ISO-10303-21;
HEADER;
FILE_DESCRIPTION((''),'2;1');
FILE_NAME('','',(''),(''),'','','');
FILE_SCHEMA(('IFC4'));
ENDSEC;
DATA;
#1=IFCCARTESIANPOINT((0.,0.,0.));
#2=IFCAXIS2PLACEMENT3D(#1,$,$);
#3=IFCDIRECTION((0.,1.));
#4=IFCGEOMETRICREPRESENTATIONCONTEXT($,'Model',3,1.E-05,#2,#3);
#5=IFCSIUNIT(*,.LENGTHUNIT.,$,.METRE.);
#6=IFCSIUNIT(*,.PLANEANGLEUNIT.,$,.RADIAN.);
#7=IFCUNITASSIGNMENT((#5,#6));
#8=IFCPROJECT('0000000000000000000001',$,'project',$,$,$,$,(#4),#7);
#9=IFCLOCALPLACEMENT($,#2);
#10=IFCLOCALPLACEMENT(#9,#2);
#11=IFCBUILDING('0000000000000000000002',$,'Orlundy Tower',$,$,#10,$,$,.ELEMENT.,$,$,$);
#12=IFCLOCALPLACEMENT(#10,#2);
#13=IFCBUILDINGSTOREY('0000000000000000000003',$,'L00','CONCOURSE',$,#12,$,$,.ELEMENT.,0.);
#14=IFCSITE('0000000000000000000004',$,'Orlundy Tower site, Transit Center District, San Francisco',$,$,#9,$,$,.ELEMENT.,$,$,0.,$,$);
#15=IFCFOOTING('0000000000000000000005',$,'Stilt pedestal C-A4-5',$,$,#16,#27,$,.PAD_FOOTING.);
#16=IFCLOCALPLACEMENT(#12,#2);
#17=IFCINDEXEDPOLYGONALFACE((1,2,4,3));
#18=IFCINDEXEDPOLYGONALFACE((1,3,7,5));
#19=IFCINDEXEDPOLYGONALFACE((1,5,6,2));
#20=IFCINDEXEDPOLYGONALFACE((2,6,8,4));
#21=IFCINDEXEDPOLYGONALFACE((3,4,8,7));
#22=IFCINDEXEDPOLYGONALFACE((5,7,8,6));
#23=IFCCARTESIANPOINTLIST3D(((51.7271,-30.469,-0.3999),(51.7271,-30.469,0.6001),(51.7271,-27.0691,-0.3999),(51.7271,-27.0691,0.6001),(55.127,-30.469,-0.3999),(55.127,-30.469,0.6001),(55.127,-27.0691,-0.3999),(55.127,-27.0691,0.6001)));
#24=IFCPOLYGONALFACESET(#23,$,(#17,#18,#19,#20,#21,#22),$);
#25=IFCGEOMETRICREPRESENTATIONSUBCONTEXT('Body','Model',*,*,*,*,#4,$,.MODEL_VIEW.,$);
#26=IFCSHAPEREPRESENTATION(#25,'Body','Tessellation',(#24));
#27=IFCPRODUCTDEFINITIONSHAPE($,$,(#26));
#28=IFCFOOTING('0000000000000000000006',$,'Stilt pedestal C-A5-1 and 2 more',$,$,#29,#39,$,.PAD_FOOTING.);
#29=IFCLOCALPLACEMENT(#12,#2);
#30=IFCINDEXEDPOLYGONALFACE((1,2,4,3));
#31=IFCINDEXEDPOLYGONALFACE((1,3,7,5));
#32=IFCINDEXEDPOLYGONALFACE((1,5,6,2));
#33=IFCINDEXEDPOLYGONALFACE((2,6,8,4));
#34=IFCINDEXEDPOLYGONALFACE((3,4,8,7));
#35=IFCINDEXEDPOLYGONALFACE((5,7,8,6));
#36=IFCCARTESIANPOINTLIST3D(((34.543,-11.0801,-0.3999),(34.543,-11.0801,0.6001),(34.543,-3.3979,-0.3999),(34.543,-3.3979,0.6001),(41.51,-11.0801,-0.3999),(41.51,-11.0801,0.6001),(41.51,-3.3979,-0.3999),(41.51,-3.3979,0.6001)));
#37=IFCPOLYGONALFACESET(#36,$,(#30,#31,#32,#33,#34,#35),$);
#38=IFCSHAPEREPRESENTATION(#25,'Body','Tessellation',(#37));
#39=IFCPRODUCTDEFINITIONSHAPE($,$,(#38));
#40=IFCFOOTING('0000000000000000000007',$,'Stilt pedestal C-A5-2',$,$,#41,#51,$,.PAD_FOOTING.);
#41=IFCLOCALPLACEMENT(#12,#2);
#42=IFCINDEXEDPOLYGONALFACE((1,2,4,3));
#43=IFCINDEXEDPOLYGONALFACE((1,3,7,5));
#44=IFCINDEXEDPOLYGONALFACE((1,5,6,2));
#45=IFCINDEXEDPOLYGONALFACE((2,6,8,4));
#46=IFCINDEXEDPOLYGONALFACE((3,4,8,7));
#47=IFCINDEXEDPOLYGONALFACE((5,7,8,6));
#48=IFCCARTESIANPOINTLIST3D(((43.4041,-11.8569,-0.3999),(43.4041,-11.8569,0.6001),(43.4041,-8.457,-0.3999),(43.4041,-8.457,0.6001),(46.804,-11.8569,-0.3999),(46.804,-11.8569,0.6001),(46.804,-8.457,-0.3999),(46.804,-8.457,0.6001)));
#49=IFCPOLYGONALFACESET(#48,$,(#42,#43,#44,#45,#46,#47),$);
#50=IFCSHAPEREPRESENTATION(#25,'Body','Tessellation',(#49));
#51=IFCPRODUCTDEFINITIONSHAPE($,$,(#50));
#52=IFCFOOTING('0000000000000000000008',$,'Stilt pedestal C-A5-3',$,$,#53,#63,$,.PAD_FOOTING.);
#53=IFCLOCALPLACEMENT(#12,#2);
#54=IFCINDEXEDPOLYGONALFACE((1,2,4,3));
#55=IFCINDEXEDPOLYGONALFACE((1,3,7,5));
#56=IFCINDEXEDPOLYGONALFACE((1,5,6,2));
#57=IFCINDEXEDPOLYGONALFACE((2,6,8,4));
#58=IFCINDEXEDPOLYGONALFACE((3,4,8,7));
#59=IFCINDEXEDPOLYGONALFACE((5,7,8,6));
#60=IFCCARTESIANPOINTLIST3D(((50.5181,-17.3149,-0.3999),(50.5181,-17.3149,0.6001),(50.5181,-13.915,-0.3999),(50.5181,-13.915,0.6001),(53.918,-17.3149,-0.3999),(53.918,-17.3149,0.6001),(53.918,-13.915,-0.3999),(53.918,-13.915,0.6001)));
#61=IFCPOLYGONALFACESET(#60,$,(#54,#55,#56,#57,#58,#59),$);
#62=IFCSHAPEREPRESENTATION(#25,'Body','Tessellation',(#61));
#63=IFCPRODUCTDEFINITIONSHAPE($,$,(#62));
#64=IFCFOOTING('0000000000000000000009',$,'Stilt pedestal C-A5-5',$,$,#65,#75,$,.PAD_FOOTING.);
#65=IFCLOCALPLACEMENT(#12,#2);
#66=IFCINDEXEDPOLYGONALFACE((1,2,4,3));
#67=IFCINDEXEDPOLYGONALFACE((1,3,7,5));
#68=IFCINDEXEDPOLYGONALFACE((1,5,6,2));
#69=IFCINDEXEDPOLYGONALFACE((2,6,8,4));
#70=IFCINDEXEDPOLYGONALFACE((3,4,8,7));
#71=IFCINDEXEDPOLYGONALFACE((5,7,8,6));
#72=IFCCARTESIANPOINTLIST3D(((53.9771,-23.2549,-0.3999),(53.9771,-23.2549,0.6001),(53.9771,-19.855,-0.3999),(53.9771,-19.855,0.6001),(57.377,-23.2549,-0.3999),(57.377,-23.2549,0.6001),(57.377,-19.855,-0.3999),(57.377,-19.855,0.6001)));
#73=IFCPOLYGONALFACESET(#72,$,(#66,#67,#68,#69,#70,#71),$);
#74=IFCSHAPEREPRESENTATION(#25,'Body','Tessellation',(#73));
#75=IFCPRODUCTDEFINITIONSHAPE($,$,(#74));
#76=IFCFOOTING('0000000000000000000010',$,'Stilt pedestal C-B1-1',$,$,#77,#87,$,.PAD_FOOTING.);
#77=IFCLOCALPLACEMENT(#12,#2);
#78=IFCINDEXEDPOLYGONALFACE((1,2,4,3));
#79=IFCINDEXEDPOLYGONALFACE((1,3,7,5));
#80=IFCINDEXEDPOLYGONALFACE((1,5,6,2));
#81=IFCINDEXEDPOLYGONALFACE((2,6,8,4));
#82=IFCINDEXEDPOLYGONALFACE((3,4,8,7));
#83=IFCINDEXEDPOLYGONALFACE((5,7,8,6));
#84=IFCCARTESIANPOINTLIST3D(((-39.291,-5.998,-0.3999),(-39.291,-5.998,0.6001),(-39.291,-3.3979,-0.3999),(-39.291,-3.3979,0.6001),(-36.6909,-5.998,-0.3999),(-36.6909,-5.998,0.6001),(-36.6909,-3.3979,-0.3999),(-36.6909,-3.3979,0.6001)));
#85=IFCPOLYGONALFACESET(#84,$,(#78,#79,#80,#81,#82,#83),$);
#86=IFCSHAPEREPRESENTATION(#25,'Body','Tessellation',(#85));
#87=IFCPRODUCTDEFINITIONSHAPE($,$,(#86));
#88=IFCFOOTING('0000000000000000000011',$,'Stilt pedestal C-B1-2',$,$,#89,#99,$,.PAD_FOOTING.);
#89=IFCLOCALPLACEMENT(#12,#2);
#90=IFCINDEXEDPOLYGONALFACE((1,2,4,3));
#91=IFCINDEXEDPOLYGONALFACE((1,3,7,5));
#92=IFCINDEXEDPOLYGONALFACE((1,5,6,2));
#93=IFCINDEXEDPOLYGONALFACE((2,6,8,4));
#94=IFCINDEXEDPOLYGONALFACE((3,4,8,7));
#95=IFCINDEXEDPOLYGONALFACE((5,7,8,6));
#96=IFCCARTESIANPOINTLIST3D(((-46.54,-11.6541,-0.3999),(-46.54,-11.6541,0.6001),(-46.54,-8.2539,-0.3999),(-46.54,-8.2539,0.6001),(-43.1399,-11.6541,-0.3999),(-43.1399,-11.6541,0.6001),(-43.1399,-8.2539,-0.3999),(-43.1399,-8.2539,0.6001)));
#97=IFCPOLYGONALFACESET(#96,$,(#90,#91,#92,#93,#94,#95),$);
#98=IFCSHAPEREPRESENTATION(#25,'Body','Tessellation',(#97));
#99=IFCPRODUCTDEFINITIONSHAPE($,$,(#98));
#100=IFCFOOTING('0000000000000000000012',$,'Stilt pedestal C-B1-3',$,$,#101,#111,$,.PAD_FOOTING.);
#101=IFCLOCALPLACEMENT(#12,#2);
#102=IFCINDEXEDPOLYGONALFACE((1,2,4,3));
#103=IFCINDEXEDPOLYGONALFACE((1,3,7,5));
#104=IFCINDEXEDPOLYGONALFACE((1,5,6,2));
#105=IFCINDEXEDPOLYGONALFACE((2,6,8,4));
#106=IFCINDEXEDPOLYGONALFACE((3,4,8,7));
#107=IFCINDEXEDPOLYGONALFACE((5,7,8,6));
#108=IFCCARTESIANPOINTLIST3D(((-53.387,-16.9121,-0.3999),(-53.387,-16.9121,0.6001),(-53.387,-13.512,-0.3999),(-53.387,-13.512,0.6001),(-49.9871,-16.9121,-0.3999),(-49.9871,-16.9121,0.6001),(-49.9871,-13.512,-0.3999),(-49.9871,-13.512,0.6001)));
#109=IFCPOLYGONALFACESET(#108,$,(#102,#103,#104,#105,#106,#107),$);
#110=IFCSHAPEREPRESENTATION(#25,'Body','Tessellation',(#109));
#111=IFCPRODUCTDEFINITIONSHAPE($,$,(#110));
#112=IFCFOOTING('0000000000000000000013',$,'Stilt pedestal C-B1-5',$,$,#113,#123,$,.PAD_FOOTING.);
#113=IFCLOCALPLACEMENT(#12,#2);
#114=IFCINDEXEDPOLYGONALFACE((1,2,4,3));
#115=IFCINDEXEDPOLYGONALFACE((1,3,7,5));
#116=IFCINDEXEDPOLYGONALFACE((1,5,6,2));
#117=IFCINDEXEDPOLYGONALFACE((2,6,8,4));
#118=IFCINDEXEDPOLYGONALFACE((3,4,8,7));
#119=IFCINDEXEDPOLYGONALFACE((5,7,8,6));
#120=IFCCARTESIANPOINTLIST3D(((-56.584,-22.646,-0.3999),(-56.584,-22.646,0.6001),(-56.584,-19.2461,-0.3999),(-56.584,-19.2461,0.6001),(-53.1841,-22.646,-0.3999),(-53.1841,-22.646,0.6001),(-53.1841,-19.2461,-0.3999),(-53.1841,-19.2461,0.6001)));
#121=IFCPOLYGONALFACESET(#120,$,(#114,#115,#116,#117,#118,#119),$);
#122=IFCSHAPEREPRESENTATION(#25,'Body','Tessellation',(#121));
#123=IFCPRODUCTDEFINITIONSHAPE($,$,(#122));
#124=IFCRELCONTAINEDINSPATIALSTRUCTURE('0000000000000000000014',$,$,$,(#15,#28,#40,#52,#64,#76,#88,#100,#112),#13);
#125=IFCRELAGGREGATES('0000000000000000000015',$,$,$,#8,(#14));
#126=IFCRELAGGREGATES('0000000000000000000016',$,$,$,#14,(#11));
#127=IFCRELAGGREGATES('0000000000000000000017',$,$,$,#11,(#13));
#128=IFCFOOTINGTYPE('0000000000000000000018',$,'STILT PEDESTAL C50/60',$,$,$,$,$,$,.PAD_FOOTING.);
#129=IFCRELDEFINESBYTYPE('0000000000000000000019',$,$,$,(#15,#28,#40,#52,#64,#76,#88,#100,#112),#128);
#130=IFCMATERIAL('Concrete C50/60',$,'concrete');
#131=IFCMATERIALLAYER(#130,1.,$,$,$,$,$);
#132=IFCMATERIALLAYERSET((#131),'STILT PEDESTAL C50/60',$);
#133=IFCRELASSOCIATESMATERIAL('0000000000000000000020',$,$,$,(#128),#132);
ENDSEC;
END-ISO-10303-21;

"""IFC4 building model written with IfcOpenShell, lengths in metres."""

from ifc_helpers import new_model, si_unit, direction, frame, origin, place, context, subcontext, project, spatial, polyline, outline, extrude, material, layer, layer_set, type_object, element, save


model = new_model("IFC4")

# Units and contexts
model_context = context("Model", 3, precision=1e-05, world=origin(), true_north=direction((0.0, 1.0)))
body_context = subcontext(model_context, "Body", "Model", "MODEL_VIEW")
ifc_project = project(units=[si_unit("LENGTHUNIT", "METRE"), si_unit("PLANEANGLEUNIT", "RADIAN")], contexts=[model_context])

# Site, building, storey
site_placement = place(None, origin())
site = spatial("IfcSite", under=ifc_project, at=site_placement, Name="Orlundy Tower site, Transit Center District, San Francisco", CompositionType="ELEMENT", RefElevation=0.0)
building_placement = place(site_placement, origin())
building = spatial("IfcBuilding", under=site, at=building_placement, Name="Orlundy Tower", CompositionType="ELEMENT")
storey_placement = place(building_placement, origin())
storey = spatial("IfcBuildingStorey", under=building, at=storey_placement, Name="L00", Description="CONCOURSE", CompositionType="ELEMENT", Elevation=0.0)

# Footings
ifc_material = material(Name="Concrete C50/60", Category="concrete")
ifc_layer = layer(ifc_material, 1.0)
ifc_layer_set = layer_set([ifc_layer], Name="STILT PEDESTAL C50/60")
footing_type = type_object("IfcFootingType", Name="STILT PEDESTAL C50/60", PredefinedType="PAD_FOOTING", material=ifc_layer_set)
footing_1_placement = place(storey_placement, frame((0.0, 0.0, -0.3999)))
element("IfcFooting", 1, at=footing_1_placement, inside=storey, type_object=footing_type, Name="Stilt pedestal C-A4-5", PredefinedType="PAD_FOOTING", context=body_context, shape_type="SweptSolid", body=[
    extrude(outline(polyline([(55.127, -30.469), (55.127, -27.0691), (51.7271, -27.0691), (51.7271, -30.469), (55.127, -30.469)])), origin(), (0.0, 0.0, 1.0), 1.0),
])
footing_2_placement = place(storey_placement, frame((0.0, 0.0, -0.3999)))
element("IfcFooting", 2, at=footing_2_placement, inside=storey, type_object=footing_type, Name="Stilt pedestal C-A5-1 and 2 more", PredefinedType="PAD_FOOTING", context=body_context, shape_type="SweptSolid", body=[
    extrude(outline(polyline([(41.51, -11.0801), (41.51, -3.3979), (34.543, -3.3979), (34.543, -11.0801), (41.51, -11.0801)])), origin(), (0.0, 0.0, 1.0), 1.0),
])
footing_3_placement = place(storey_placement, frame((0.0, 0.0, -0.3999)))
element("IfcFooting", 3, at=footing_3_placement, inside=storey, type_object=footing_type, Name="Stilt pedestal C-A5-2", PredefinedType="PAD_FOOTING", context=body_context, shape_type="SweptSolid", body=[
    extrude(outline(polyline([(46.804, -11.8569), (46.804, -8.457), (43.4041, -8.457), (43.4041, -11.8569), (46.804, -11.8569)])), origin(), (0.0, 0.0, 1.0), 1.0),
])
footing_4_placement = place(storey_placement, frame((0.0, 0.0, -0.3999)))
element("IfcFooting", 4, at=footing_4_placement, inside=storey, type_object=footing_type, Name="Stilt pedestal C-A5-3", PredefinedType="PAD_FOOTING", context=body_context, shape_type="SweptSolid", body=[
    extrude(outline(polyline([(53.918, -17.3149), (53.918, -13.915), (50.5181, -13.915), (50.5181, -17.3149), (53.918, -17.3149)])), origin(), (0.0, 0.0, 1.0), 1.0),
])
footing_5_placement = place(storey_placement, frame((0.0, 0.0, -0.3999)))
element("IfcFooting", 5, at=footing_5_placement, inside=storey, type_object=footing_type, Name="Stilt pedestal C-A5-5", PredefinedType="PAD_FOOTING", context=body_context, shape_type="SweptSolid", body=[
    extrude(outline(polyline([(57.377, -23.2549), (57.377, -19.855), (53.9771, -19.855), (53.9771, -23.2549), (57.377, -23.2549)])), origin(), (0.0, 0.0, 1.0), 1.0),
])
footing_6_placement = place(storey_placement, frame((0.0, 0.0, -0.3999)))
element("IfcFooting", 6, at=footing_6_placement, inside=storey, type_object=footing_type, Name="Stilt pedestal C-B1-1", PredefinedType="PAD_FOOTING", context=body_context, shape_type="SweptSolid", body=[
    extrude(outline(polyline([(-36.6909, -5.998), (-36.6909, -3.3979), (-39.291, -3.3979), (-39.291, -5.998), (-36.6909, -5.998)])), origin(), (0.0, 0.0, 1.0), 1.0),
])
footing_7_placement = place(storey_placement, frame((0.0, 0.0, -0.3999)))
element("IfcFooting", 7, at=footing_7_placement, inside=storey, type_object=footing_type, Name="Stilt pedestal C-B1-2", PredefinedType="PAD_FOOTING", context=body_context, shape_type="SweptSolid", body=[
    extrude(outline(polyline([(-43.1399, -11.6541), (-43.1399, -8.2539), (-46.54, -8.2539), (-46.54, -11.6541), (-43.1399, -11.6541)])), origin(), (0.0, 0.0, 1.0), 1.0),
])
footing_8_placement = place(storey_placement, frame((0.0, 0.0, -0.3999)))
element("IfcFooting", 8, at=footing_8_placement, inside=storey, type_object=footing_type, Name="Stilt pedestal C-B1-3", PredefinedType="PAD_FOOTING", context=body_context, shape_type="SweptSolid", body=[
    extrude(outline(polyline([(-49.9871, -16.9121), (-49.9871, -13.512), (-53.387, -13.512), (-53.387, -16.9121), (-49.9871, -16.9121)])), origin(), (0.0, 0.0, 1.0), 1.0),
])
footing_9_placement = place(storey_placement, frame((0.0, 0.0, -0.3999)))
element("IfcFooting", 9, at=footing_9_placement, inside=storey, type_object=footing_type, Name="Stilt pedestal C-B1-5", PredefinedType="PAD_FOOTING", context=body_context, shape_type="SweptSolid", body=[
    extrude(outline(polyline([(-53.1841, -22.646), (-53.1841, -19.2461), (-56.584, -19.2461), (-56.584, -22.646), (-53.1841, -22.646)])), origin(), (0.0, 0.0, 1.0), 1.0),
])

save(model, "model.ifc")
